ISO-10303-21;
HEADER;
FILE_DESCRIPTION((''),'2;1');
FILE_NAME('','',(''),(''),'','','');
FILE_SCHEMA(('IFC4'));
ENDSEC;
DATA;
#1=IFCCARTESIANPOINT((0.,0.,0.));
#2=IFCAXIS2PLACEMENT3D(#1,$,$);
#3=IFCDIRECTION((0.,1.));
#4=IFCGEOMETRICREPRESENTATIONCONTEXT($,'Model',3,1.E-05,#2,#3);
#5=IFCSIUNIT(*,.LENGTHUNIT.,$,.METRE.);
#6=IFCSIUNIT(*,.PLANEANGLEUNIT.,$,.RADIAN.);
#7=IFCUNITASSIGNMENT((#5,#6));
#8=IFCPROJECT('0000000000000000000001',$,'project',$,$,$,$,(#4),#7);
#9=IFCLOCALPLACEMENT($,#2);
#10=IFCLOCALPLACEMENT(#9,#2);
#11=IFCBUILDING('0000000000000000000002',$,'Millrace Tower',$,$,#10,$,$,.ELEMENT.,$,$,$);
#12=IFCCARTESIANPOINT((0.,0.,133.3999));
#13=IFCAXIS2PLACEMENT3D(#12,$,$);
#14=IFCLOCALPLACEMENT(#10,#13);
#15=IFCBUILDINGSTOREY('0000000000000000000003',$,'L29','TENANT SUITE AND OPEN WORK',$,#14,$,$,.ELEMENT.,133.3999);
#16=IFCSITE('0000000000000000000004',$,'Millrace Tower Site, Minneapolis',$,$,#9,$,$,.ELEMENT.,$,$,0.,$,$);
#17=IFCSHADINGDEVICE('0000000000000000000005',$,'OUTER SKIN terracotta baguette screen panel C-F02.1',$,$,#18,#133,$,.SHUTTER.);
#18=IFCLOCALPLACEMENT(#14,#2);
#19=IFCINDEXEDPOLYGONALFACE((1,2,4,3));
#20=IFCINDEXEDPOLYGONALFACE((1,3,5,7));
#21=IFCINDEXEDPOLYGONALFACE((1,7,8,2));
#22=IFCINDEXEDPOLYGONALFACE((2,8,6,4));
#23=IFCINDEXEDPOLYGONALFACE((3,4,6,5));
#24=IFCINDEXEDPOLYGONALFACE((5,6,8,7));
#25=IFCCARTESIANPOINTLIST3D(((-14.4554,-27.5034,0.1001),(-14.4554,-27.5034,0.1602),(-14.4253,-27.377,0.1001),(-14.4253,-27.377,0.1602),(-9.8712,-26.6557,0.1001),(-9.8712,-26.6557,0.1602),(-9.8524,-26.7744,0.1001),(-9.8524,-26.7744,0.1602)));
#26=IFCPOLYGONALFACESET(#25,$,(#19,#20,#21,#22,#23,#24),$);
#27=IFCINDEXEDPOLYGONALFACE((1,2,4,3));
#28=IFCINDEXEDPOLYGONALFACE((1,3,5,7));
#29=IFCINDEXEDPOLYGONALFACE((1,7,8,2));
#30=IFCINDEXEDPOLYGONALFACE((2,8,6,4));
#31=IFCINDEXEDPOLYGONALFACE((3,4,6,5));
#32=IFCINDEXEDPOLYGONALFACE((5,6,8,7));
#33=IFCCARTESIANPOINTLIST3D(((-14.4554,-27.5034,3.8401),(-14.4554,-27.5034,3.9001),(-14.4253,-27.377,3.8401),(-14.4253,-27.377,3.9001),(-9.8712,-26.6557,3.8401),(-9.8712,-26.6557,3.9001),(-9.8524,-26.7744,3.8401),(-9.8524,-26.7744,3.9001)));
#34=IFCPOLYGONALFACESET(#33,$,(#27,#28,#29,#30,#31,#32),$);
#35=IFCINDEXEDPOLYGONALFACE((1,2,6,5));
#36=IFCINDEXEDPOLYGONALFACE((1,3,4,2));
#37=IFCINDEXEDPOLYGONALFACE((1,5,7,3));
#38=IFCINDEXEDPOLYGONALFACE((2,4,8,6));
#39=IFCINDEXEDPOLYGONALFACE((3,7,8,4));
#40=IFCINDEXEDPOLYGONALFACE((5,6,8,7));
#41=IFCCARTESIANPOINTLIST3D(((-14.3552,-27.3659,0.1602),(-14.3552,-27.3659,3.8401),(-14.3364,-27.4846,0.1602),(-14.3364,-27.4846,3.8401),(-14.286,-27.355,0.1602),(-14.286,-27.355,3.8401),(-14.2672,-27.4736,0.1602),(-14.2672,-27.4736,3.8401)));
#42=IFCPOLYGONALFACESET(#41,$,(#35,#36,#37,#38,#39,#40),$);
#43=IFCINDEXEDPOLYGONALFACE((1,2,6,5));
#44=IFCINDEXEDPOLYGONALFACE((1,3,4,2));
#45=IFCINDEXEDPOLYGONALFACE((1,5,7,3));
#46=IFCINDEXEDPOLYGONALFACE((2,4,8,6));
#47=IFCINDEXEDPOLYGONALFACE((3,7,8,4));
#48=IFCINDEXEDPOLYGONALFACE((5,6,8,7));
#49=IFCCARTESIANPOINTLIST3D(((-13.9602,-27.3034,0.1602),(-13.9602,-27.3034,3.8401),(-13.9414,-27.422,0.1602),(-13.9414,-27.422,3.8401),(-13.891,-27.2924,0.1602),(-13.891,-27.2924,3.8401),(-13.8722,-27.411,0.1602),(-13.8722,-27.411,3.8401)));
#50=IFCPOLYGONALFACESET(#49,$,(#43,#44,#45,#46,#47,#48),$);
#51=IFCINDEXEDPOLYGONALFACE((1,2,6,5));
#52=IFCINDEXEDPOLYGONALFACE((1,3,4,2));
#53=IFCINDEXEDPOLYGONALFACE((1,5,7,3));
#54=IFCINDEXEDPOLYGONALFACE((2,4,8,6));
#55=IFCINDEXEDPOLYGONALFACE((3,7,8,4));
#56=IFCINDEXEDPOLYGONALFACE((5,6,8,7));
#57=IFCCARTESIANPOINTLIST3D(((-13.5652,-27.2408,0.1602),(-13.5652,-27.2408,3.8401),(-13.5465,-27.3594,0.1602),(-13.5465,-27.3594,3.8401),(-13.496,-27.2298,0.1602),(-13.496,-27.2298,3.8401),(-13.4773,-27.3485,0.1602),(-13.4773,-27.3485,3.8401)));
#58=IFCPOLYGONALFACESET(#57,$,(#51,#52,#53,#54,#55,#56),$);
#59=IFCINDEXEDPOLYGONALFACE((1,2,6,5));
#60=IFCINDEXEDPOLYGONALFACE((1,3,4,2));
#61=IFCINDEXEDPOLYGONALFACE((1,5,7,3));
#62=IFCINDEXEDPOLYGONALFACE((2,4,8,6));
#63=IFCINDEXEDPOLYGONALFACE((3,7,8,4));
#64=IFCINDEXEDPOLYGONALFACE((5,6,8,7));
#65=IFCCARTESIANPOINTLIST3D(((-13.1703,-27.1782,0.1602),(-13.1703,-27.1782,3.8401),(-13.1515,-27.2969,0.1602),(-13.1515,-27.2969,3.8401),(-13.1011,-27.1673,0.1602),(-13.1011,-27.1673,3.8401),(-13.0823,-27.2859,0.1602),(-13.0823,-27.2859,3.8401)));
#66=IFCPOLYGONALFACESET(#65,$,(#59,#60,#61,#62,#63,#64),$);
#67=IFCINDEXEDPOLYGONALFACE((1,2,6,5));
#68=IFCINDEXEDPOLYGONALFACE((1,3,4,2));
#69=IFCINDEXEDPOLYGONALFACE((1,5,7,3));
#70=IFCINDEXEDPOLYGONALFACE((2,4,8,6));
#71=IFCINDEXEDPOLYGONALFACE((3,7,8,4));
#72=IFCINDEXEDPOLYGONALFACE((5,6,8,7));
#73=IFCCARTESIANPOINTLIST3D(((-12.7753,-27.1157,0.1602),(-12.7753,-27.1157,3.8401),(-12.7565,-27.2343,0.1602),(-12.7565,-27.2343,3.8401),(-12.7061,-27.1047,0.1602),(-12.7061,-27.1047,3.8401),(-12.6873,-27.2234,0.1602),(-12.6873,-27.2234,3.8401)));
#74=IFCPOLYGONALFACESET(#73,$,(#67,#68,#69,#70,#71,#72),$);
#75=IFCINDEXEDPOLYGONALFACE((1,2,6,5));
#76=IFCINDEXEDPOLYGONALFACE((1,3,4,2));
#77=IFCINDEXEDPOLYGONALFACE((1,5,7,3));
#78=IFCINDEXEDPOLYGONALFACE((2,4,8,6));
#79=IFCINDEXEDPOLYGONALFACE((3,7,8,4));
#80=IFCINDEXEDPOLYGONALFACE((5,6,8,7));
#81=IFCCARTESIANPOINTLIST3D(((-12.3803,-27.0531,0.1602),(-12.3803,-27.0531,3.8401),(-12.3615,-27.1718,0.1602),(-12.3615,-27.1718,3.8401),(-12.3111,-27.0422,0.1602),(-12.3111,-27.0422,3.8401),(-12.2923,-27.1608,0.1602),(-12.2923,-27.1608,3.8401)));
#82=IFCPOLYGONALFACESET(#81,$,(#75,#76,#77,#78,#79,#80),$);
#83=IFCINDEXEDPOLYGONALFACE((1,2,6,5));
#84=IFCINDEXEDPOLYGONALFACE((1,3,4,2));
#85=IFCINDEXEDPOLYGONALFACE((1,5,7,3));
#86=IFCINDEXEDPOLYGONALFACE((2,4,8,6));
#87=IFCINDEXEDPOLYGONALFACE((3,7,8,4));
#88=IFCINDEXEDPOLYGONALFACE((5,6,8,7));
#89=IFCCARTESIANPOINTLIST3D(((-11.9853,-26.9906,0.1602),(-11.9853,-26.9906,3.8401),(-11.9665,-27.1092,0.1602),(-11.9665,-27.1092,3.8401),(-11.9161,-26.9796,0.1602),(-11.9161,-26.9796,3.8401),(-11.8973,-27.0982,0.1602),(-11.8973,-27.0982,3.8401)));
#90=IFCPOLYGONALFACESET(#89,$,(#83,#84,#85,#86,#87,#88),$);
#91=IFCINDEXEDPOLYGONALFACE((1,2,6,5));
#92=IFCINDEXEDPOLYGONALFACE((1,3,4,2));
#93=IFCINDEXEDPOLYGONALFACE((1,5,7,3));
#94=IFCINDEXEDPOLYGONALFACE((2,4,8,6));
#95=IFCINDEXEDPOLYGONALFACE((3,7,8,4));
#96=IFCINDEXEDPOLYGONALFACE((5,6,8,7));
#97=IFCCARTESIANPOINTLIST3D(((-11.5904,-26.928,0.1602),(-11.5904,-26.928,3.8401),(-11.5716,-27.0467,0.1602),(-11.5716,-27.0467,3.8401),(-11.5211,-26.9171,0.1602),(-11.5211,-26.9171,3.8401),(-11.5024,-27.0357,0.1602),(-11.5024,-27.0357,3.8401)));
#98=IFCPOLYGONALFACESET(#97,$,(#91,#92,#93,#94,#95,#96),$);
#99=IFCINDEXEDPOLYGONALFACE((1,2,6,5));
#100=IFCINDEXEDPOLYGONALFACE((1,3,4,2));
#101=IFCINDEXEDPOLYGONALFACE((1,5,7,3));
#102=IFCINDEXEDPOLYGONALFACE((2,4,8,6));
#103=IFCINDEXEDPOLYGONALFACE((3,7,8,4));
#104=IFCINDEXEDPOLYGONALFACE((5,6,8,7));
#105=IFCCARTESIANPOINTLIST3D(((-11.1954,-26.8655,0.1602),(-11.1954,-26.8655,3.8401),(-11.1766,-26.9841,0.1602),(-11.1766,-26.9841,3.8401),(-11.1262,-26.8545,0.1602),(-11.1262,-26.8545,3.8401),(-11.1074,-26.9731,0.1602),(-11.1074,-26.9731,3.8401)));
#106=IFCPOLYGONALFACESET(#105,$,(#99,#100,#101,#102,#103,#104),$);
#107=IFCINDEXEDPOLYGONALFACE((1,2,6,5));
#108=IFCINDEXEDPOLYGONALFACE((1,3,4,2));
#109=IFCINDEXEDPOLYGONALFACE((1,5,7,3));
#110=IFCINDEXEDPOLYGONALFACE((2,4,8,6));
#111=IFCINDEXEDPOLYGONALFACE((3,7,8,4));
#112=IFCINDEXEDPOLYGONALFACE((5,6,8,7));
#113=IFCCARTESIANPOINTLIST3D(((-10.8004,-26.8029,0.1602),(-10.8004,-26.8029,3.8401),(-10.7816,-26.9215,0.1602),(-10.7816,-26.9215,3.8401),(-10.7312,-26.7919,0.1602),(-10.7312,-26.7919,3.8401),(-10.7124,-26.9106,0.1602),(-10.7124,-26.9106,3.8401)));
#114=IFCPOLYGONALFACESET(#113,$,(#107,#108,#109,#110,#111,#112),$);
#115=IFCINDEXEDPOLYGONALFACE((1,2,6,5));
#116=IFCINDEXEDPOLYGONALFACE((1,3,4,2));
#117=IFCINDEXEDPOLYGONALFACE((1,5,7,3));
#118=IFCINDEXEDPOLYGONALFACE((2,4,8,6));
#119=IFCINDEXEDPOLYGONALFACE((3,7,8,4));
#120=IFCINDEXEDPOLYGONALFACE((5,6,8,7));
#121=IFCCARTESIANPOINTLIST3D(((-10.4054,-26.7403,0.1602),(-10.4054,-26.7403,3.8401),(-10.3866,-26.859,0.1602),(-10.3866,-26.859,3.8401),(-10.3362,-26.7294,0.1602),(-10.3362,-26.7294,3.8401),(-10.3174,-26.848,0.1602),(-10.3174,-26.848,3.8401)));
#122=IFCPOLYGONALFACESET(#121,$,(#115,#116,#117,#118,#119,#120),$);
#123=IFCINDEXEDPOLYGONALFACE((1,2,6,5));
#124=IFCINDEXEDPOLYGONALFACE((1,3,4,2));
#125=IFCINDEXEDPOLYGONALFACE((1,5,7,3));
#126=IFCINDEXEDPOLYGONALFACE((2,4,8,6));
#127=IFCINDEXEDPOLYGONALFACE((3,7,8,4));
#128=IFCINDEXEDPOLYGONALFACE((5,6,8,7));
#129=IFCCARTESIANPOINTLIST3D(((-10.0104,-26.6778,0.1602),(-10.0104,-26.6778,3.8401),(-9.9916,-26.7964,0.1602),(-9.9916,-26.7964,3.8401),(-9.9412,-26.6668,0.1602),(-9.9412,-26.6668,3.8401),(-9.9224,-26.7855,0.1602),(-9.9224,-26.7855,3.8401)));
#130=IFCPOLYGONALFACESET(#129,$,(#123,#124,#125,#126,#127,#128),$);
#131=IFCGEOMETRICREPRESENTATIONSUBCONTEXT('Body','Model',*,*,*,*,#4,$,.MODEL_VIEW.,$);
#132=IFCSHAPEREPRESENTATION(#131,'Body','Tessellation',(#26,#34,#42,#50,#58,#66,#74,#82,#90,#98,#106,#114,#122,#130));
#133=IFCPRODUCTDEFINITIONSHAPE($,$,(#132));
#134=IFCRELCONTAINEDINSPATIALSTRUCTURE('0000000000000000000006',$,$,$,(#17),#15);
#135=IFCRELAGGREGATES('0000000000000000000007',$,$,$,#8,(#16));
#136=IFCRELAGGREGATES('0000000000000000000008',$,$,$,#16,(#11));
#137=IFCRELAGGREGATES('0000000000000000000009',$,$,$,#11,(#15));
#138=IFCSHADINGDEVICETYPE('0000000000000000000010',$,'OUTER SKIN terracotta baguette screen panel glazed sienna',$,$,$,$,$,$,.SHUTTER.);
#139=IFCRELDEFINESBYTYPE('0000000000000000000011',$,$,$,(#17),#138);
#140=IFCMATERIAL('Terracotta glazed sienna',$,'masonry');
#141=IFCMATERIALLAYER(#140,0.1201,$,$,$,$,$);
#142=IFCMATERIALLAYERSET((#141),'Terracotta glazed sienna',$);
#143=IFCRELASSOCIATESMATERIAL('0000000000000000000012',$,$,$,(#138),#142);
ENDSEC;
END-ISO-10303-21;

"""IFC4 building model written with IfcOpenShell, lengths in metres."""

from ifc_helpers import new_model, entity, si_unit, direction, frame, frame_2d, origin, place, context, subcontext, project, spatial, rectangle, extrude, source, transform, mapped, material, layer, layer_set, type_object, element, save


model = new_model("IFC4")

# Units and contexts
model_context = context("Model", 3, precision=1e-05, world=origin(), true_north=direction((0.0, 1.0)))
body_context = subcontext(model_context, "Body", "Model", "MODEL_VIEW")
ifc_project = project(units=[si_unit("LENGTHUNIT", "METRE"), si_unit("PLANEANGLEUNIT", "RADIAN")], contexts=[model_context])

# Site, building, storey
site_placement = place(None, origin())
site = spatial("IfcSite", under=ifc_project, at=site_placement, Name="Millrace Tower Site, Minneapolis", CompositionType="ELEMENT", RefElevation=0.0)
building_placement = place(site_placement, origin())
building = spatial("IfcBuilding", under=site, at=building_placement, Name="Millrace Tower", CompositionType="ELEMENT")
storey_placement = place(building_placement, frame((0.0, 0.0, 133.3999)))
storey = spatial("IfcBuildingStorey", under=building, at=storey_placement, Name="L29", Description="TENANT SUITE AND OPEN WORK", CompositionType="ELEMENT", Elevation=133.3999)

# Shading device
ifc_material_1 = material(Name="Terracotta glazed sienna", Category="masonry")
ifc_layer_1 = layer(ifc_material_1, 0.1201)
ifc_layer_set_1 = layer_set([ifc_layer_1], Name="Terracotta glazed sienna")
shading_device_type = type_object("IfcShadingDeviceType", Name="OUTER SKIN terracotta baguette screen panel glazed sienna", PredefinedType="SHUTTER", material=ifc_layer_set_1)
cartesian_point_1 = entity("IfcCartesianPoint", [-2.293, 0.0601])
shared_polyline_1 = entity("IfcPolyline", [cartesian_point_1, entity("IfcCartesianPoint", [2.3179, 0.0601]), entity("IfcCartesianPoint", [2.3179, -0.0601]), entity("IfcCartesianPoint", [-2.3425, -0.0601]), cartesian_point_1])
shared_shape_1 = source(origin(), body_context, "Body", "SweptSolid", [
    entity("IfcExtrudedAreaSolid", entity("IfcArbitraryClosedProfileDef", "AREA", None, shared_polyline_1), entity("IfcAxis2Placement3D", entity("IfcCartesianPoint", [0.0, 0.0, 0.0])), entity("IfcDirection", [0.0, 0.0, 1.0]), 0.0601),
    entity("IfcExtrudedAreaSolid", entity("IfcArbitraryClosedProfileDef", "AREA", None, shared_polyline_1), entity("IfcAxis2Placement3D", entity("IfcCartesianPoint", [0.0, 0.0, 3.74])), entity("IfcDirection", [0.0, 0.0, 1.0]), 0.0601),
    extrude(rectangle(XDim=0.0701, YDim=0.1201, at=frame_2d((-2.187, 0.0))), frame((0.0, 0.0, 0.0601)), (0.0, 0.0, 1.0), 3.6799),
    extrude(rectangle(XDim=0.0701, YDim=0.1201, at=frame_2d((-1.7871, 0.0))), frame((0.0, 0.0, 0.0601)), (0.0, 0.0, 1.0), 3.6799),
    extrude(rectangle(XDim=0.0701, YDim=0.1201, at=frame_2d((-1.3872, 0.0))), frame((0.0, 0.0, 0.0601)), (0.0, 0.0, 1.0), 3.6799),
    extrude(rectangle(XDim=0.0701, YDim=0.1201, at=frame_2d((-0.9873, 0.0))), frame((0.0, 0.0, 0.0601)), (0.0, 0.0, 1.0), 3.6799),
    extrude(rectangle(XDim=0.0701, YDim=0.1201, at=frame_2d((-0.5874, 0.0))), frame((0.0, 0.0, 0.0601)), (0.0, 0.0, 1.0), 3.6799),
    extrude(rectangle(XDim=0.0701, YDim=0.1201, at=frame_2d((-0.1875, 0.0))), frame((0.0, 0.0, 0.0601)), (0.0, 0.0, 1.0), 3.6799),
    extrude(rectangle(XDim=0.0701, YDim=0.1201, at=frame_2d((0.2124, 0.0))), frame((0.0, 0.0, 0.0601)), (0.0, 0.0, 1.0), 3.6799),
    extrude(rectangle(XDim=0.0701, YDim=0.1201, at=frame_2d((0.6123, 0.0))), frame((0.0, 0.0, 0.0601)), (0.0, 0.0, 1.0), 3.6799),
    extrude(rectangle(XDim=0.0701, YDim=0.1201, at=frame_2d((1.0122, 0.0))), frame((0.0, 0.0, 0.0601)), (0.0, 0.0, 1.0), 3.6799),
    extrude(rectangle(XDim=0.0701, YDim=0.1201, at=frame_2d((1.4121, 0.0))), frame((0.0, 0.0, 0.0601)), (0.0, 0.0, 1.0), 3.6799),
    extrude(rectangle(XDim=0.0701, YDim=0.1201, at=frame_2d((1.812, 0.0))), frame((0.0, 0.0, 0.0601)), (0.0, 0.0, 1.0), 3.6799),
    extrude(rectangle(XDim=0.0701, YDim=0.1201, at=frame_2d((2.2119, 0.0))), frame((0.0, 0.0, 0.0601)), (0.0, 0.0, 1.0), 3.6799),
])
shading_device_placement = place(storey_placement, frame((-12.1511, -27.0776, 0.1001), z_axis=(0.0, 0.0, 1.0), x_axis=(0.987688, 0.156434, 0.0)))
element("IfcShadingDevice", 1, at=shading_device_placement, inside=storey, type_object=shading_device_type, Name="OUTER SKIN terracotta baguette screen panel C-F02.1", PredefinedType="SHUTTER", context=body_context, shape_type="MappedRepresentation", body=[
    mapped(shared_shape_1, transform((0.0, 0.0, 0.0), scale=1.0)),
])

save(model, "model.ifc")
